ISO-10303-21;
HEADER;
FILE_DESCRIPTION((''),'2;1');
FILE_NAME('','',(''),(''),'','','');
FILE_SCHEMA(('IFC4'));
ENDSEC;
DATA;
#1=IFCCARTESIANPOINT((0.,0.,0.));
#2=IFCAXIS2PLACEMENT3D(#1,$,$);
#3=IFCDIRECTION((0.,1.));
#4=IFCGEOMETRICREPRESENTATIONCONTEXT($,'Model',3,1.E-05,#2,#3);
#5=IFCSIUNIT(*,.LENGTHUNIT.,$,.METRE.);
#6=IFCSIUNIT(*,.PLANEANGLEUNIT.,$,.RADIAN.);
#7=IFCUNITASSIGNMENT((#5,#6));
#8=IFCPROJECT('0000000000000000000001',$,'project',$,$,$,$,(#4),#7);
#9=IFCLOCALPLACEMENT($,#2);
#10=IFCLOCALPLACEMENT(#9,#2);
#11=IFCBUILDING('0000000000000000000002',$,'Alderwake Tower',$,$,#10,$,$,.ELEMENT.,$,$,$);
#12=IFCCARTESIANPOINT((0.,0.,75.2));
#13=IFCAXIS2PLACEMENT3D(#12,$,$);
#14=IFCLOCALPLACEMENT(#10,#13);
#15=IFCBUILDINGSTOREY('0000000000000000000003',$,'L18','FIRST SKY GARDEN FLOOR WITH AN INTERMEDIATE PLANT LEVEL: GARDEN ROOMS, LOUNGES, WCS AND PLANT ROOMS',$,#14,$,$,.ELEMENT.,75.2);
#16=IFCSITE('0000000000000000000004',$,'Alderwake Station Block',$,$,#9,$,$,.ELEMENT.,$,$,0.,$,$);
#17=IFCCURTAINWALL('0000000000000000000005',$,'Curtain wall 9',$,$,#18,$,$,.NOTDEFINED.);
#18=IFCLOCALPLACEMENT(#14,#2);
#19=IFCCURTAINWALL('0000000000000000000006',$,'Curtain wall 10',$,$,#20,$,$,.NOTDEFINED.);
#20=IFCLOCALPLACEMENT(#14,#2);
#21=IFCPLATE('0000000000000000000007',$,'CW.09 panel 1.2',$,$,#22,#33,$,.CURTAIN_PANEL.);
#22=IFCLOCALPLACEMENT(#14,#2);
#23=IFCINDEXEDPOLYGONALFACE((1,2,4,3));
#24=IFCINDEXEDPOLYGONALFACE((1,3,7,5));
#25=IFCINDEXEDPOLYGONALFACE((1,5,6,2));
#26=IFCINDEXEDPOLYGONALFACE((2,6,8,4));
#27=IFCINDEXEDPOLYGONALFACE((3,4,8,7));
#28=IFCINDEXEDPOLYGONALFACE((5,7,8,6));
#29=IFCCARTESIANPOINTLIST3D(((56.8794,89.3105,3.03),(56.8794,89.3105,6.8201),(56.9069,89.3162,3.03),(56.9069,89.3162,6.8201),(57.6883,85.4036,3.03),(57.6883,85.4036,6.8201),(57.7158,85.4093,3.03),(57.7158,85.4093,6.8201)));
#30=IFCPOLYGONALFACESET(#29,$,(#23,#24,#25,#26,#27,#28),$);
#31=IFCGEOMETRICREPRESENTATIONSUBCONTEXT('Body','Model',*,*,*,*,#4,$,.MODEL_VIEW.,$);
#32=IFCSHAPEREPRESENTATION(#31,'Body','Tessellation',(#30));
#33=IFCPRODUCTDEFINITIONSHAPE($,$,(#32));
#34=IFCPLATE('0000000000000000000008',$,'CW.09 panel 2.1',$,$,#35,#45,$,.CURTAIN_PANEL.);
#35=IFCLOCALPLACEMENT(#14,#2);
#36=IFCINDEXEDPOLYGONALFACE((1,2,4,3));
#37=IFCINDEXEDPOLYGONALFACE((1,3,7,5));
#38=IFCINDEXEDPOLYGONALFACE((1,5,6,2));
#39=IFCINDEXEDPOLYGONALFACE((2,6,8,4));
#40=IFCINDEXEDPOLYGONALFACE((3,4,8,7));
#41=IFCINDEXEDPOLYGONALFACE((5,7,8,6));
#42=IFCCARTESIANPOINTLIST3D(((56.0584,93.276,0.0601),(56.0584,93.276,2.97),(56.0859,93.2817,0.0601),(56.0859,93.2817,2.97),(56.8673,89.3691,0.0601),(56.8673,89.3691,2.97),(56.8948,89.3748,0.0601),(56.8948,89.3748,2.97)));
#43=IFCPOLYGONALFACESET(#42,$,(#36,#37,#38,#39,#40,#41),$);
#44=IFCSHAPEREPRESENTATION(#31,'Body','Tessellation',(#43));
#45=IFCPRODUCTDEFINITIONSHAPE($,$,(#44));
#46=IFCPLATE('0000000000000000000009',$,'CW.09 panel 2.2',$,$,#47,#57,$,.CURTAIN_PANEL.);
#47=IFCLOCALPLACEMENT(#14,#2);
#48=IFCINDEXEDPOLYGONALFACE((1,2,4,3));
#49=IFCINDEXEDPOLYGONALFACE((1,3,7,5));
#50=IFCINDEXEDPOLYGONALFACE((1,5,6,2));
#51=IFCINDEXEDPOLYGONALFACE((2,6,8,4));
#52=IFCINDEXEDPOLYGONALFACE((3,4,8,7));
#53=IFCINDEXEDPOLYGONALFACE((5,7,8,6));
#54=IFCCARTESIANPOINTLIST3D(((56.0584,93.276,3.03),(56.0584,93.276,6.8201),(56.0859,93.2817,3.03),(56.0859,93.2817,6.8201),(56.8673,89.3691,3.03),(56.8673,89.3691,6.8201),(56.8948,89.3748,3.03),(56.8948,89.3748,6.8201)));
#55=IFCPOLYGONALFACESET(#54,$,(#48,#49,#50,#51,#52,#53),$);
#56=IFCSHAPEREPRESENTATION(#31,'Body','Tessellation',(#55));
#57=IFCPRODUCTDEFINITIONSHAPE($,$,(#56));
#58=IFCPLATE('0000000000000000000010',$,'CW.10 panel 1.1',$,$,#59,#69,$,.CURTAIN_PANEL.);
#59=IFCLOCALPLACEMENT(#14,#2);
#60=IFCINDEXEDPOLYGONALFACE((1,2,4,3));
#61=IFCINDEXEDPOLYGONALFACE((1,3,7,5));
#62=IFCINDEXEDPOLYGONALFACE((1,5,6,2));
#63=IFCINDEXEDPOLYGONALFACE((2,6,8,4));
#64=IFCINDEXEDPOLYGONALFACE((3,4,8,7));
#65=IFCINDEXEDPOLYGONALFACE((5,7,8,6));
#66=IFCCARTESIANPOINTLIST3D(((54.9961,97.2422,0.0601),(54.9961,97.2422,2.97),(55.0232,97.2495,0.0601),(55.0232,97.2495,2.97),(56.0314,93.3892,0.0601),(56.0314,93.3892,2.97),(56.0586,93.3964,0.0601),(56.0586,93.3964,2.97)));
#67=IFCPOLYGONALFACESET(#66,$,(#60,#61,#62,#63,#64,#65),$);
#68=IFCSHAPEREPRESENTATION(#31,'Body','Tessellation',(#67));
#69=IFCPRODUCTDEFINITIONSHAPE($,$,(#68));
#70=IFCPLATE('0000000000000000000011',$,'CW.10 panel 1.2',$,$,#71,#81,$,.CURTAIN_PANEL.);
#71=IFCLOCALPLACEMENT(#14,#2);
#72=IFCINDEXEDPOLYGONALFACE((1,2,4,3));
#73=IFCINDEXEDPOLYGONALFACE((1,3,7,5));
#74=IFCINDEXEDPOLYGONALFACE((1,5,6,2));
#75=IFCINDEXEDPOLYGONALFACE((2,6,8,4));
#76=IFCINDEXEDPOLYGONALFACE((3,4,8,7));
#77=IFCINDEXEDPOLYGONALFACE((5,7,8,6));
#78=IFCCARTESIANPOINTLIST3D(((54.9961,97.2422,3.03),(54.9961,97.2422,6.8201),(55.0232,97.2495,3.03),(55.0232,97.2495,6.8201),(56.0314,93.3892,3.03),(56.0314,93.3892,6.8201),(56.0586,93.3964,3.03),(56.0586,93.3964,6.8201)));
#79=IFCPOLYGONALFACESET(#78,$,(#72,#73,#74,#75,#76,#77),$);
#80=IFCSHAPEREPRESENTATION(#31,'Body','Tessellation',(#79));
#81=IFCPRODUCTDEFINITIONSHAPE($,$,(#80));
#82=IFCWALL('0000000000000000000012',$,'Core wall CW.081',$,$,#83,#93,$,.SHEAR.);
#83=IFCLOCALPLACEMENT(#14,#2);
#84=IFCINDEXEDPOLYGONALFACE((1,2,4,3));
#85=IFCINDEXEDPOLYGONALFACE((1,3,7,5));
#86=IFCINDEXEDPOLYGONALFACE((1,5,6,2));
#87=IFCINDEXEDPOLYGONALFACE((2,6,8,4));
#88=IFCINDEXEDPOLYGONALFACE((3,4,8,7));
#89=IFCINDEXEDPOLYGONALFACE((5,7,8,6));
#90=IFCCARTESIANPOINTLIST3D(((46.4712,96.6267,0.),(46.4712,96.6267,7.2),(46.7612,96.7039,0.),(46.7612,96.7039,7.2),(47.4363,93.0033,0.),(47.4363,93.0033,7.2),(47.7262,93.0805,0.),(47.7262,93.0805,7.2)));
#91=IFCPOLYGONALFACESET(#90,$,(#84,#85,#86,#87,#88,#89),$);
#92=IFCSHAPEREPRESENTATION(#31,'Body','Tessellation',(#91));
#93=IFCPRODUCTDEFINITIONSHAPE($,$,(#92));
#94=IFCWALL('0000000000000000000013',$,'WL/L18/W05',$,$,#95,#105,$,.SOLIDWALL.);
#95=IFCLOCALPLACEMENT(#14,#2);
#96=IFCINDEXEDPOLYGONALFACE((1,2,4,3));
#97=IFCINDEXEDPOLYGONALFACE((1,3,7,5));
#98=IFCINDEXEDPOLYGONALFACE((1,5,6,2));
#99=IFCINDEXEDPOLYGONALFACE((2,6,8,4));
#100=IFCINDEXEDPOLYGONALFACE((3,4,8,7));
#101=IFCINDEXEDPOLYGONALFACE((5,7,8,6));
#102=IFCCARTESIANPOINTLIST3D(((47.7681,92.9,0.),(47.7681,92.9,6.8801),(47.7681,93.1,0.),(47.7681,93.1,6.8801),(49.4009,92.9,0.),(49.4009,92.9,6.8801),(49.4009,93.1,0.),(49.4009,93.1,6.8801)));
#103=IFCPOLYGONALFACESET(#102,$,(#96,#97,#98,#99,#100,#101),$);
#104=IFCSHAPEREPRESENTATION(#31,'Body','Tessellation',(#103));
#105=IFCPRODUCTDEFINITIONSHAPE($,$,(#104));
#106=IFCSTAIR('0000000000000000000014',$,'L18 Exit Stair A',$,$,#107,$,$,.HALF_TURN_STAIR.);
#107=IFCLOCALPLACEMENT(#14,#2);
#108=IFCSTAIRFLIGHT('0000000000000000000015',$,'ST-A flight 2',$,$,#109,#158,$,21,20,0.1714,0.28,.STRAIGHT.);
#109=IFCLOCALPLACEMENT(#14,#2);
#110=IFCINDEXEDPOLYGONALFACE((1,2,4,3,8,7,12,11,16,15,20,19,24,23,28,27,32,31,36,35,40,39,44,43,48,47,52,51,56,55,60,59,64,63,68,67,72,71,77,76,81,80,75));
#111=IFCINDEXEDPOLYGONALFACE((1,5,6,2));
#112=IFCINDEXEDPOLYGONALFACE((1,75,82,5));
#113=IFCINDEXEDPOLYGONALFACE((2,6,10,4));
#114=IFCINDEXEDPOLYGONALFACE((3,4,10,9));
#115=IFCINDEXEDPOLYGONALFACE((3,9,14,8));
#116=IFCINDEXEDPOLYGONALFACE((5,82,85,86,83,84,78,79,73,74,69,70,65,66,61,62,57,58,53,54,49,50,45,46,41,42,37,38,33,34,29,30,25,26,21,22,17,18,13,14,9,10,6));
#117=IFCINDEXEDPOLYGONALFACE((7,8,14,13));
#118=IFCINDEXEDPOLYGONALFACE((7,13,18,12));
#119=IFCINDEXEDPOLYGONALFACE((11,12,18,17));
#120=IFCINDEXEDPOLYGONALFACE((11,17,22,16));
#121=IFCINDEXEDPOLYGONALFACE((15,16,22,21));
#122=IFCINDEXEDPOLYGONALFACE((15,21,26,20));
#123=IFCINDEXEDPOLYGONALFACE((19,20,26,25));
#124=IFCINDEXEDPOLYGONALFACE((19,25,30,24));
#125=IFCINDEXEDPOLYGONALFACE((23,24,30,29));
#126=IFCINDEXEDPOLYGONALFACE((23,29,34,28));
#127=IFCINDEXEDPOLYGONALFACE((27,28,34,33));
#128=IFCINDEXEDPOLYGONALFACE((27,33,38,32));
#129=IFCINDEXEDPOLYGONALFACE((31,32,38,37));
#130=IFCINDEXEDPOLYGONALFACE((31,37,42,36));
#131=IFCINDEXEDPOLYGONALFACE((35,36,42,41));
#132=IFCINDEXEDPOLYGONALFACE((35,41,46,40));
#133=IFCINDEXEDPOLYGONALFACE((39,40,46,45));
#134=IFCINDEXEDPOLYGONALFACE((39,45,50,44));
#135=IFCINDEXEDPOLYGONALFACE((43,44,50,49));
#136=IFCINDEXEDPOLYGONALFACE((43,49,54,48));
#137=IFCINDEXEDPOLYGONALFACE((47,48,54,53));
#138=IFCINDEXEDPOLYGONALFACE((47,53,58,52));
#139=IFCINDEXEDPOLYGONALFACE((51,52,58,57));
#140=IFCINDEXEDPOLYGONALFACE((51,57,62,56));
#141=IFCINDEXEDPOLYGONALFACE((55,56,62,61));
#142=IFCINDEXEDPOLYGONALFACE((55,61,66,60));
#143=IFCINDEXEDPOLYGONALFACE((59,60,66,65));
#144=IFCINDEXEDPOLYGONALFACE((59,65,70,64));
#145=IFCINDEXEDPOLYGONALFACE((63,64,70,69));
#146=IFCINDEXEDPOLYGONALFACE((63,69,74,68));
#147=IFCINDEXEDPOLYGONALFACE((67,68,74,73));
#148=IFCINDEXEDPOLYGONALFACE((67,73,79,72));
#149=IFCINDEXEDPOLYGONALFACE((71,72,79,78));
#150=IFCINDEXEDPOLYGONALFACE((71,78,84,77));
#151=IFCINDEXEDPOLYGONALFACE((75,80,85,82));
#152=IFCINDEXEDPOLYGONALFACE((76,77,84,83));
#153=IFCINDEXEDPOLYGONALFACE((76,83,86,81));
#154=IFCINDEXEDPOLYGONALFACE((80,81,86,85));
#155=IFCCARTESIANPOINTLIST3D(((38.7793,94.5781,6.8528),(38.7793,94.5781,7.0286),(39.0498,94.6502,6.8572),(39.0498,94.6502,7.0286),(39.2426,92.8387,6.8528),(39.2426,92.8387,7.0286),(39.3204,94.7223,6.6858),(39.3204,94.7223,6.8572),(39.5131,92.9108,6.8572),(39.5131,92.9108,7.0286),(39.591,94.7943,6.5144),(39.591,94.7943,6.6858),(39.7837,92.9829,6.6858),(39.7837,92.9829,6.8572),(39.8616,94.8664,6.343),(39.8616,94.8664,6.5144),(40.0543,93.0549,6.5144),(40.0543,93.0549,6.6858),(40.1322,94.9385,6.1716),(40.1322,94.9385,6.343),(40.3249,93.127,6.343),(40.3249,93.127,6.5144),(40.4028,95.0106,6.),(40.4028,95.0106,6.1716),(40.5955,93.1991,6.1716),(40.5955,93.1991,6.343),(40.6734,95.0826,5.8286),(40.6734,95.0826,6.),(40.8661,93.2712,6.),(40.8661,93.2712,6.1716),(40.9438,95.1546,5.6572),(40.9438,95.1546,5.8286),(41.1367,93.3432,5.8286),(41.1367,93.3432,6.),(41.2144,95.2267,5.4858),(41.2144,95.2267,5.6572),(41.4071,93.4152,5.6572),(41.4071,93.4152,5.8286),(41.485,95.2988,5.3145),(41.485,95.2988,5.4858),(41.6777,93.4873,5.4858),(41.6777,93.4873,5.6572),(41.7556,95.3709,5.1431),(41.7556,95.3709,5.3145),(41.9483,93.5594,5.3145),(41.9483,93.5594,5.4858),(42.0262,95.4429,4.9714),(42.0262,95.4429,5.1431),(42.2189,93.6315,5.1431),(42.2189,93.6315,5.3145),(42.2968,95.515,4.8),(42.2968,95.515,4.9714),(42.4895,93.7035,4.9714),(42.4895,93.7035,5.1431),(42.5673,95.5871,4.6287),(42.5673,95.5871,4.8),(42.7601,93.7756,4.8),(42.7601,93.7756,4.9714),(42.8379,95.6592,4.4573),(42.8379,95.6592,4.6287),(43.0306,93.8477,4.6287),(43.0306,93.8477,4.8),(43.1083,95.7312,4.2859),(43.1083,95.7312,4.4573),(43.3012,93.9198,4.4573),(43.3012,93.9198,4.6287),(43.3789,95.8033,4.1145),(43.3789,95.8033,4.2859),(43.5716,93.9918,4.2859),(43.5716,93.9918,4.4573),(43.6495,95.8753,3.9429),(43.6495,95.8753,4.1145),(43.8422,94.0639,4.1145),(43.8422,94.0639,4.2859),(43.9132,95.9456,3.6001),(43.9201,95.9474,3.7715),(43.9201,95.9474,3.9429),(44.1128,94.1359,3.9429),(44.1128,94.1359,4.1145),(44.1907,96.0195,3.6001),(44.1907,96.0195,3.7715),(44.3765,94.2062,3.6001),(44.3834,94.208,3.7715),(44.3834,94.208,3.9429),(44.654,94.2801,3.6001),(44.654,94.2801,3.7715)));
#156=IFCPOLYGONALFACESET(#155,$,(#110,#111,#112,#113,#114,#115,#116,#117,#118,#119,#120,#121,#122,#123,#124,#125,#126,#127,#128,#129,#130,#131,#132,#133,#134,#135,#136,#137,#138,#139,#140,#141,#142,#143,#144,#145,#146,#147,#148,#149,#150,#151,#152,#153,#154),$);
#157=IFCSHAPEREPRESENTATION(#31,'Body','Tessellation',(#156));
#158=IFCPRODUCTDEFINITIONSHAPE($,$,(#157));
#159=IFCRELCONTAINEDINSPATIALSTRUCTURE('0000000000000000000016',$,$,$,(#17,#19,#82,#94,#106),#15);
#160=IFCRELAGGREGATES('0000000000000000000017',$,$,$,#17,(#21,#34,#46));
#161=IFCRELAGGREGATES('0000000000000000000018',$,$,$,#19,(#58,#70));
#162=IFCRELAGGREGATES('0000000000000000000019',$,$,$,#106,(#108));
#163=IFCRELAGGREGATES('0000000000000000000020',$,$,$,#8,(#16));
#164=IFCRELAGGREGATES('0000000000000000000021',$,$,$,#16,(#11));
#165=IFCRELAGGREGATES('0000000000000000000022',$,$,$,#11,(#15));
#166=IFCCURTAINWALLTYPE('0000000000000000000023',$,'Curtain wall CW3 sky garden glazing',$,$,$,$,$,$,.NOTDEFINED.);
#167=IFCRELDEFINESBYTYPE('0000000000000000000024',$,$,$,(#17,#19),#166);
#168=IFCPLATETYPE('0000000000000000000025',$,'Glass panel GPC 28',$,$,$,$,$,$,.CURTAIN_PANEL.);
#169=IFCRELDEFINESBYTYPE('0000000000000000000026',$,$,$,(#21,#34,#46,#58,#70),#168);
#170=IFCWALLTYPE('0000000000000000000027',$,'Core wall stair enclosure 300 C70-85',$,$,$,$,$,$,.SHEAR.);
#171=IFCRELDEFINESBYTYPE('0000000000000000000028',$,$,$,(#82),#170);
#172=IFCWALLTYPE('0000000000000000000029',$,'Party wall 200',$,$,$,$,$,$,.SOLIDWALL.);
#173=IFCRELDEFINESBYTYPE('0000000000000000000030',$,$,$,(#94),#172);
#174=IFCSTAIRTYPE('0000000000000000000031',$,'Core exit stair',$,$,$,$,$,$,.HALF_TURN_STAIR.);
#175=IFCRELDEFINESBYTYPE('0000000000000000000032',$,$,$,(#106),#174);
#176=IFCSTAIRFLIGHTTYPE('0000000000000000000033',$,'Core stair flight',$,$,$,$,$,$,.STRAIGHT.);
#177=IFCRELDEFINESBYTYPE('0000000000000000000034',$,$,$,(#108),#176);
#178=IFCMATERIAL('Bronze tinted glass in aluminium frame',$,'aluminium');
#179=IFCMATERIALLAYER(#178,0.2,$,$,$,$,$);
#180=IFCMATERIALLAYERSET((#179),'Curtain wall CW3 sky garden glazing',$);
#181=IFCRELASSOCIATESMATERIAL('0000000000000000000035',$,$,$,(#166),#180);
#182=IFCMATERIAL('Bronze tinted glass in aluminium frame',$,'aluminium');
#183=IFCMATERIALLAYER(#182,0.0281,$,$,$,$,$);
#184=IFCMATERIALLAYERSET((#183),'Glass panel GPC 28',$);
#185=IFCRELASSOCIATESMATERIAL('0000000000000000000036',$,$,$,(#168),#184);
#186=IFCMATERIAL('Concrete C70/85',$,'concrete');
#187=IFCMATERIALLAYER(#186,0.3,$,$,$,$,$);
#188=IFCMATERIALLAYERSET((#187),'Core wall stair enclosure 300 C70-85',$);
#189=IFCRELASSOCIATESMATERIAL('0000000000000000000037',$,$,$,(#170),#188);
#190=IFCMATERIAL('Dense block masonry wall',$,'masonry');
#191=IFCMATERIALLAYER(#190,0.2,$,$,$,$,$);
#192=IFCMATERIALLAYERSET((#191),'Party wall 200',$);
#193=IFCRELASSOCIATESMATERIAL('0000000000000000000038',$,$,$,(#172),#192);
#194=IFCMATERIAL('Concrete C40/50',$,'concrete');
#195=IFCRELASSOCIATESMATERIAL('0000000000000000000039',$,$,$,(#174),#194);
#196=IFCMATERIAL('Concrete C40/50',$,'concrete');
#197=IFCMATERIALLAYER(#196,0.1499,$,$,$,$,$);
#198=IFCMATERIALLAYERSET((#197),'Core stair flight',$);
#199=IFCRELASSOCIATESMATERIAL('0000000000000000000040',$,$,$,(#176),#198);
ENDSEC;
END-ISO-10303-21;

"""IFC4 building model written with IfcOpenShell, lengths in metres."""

from ifc_helpers import new_model, si_unit, direction, frame, frame_2d, origin, origin_2d, place, context, subcontext, project, spatial, polyline, rectangle, outline, extrude, material, layer, layer_set, type_object, element, aggregate, save


model = new_model("IFC4")

# Units and contexts
model_context = context("Model", 3, precision=1e-05, world=origin(), true_north=direction((0.0, 1.0)))
body_context = subcontext(model_context, "Body", "Model", "MODEL_VIEW")
ifc_project = project(units=[si_unit("LENGTHUNIT", "METRE"), si_unit("PLANEANGLEUNIT", "RADIAN")], contexts=[model_context])

# Site, building, storey
site_placement = place(None, origin())
site = spatial("IfcSite", under=ifc_project, at=site_placement, Name="Alderwake Station Block", CompositionType="ELEMENT", RefElevation=0.0)
building_placement = place(site_placement, origin())
building = spatial("IfcBuilding", under=site, at=building_placement, Name="Alderwake Tower", CompositionType="ELEMENT")
storey_placement = place(building_placement, frame((0.0, 0.0, 75.2)))
storey = spatial("IfcBuildingStorey", under=building, at=storey_placement, Name="L18", Description="FIRST SKY GARDEN FLOOR WITH AN INTERMEDIATE PLANT LEVEL: GARDEN ROOMS, LOUNGES, WCS AND PLANT ROOMS", CompositionType="ELEMENT", Elevation=75.2)

# Curtain wall
ifc_material_1 = material(Name="Bronze tinted glass in aluminium frame", Category="aluminium")
ifc_layer_1 = layer(ifc_material_1, 0.2)
ifc_layer_set_1 = layer_set([ifc_layer_1], Name="Curtain wall CW3 sky garden glazing")
curtain_wall_type = type_object("IfcCurtainWallType", Name="Curtain wall CW3 sky garden glazing", PredefinedType="NOTDEFINED", material=ifc_layer_set_1)
curtain_wall_1_placement = place(storey_placement, origin())
curtain_wall_1 = element("IfcCurtainWall", 1, at=curtain_wall_1_placement, inside=storey, type_object=curtain_wall_type, Name="Curtain wall 9", PredefinedType="NOTDEFINED")

# Curtain wall
curtain_wall_2_placement = place(storey_placement, origin())
curtain_wall_2 = element("IfcCurtainWall", 2, at=curtain_wall_2_placement, inside=storey, type_object=curtain_wall_type, Name="Curtain wall 10", PredefinedType="NOTDEFINED")

# Plates
ifc_material_2 = material(Name="Bronze tinted glass in aluminium frame", Category="aluminium")
ifc_layer_2 = layer(ifc_material_2, 0.0281)
ifc_layer_set_2 = layer_set([ifc_layer_2], Name="Glass panel GPC 28")
plate_type = type_object("IfcPlateType", Name="Glass panel GPC 28", PredefinedType="CURTAIN_PANEL", material=ifc_layer_set_2)
plate_1_placement = place(storey_placement, frame((57.2976, 87.3599, 3.03), z_axis=(0.0, 0.0, 1.0), x_axis=(-0.202741, 0.979232, 0.0)))
plate_1 = element("IfcPlate", 3, at=plate_1_placement, type_object=plate_type, Name="CW.09 panel 1.2", PredefinedType="CURTAIN_PANEL", context=body_context, shape_type="SweptSolid", body=[
    extrude(rectangle(XDim=3.9897, YDim=0.0281, at=origin_2d()), origin(), (0.0, 0.0, 1.0), 3.79),
])
plate_2_placement = place(storey_placement, frame((56.4766, 91.3254, 0.0601), z_axis=(0.0, 0.0, 1.0), x_axis=(-0.202741, 0.979232, 0.0)))
plate_2 = element("IfcPlate", 4, at=plate_2_placement, type_object=plate_type, Name="CW.09 panel 2.1", PredefinedType="CURTAIN_PANEL", context=body_context, shape_type="SweptSolid", body=[
    extrude(rectangle(XDim=3.9897, YDim=0.0281, at=origin_2d()), origin(), (0.0, 0.0, 1.0), 2.9099),
])
plate_3_placement = place(storey_placement, frame((56.4766, 91.3254, 3.03), z_axis=(0.0, 0.0, 1.0), x_axis=(-0.202741, 0.979232, 0.0)))
plate_3 = element("IfcPlate", 5, at=plate_3_placement, type_object=plate_type, Name="CW.09 panel 2.2", PredefinedType="CURTAIN_PANEL", context=body_context, shape_type="SweptSolid", body=[
    extrude(rectangle(XDim=3.9897, YDim=0.0281, at=origin_2d()), origin(), (0.0, 0.0, 1.0), 3.79),
])
aggregate(curtain_wall_1, [plate_1, plate_2, plate_3])
plate_4_placement = place(storey_placement, frame((55.5273, 95.3193, 0.0601), z_axis=(0.0, 0.0, 1.0), x_axis=(-0.259494, 0.965745, 0.0)))
plate_4 = element("IfcPlate", 6, at=plate_4_placement, type_object=plate_type, Name="CW.10 panel 1.1", PredefinedType="CURTAIN_PANEL", context=body_context, shape_type="SweptSolid", body=[
    extrude(rectangle(XDim=3.9897, YDim=0.0281, at=origin_2d()), origin(), (0.0, 0.0, 1.0), 2.9099),
])
plate_5_placement = place(storey_placement, frame((55.5273, 95.3193, 3.03), z_axis=(0.0, 0.0, 1.0), x_axis=(-0.259494, 0.965745, 0.0)))
plate_5 = element("IfcPlate", 7, at=plate_5_placement, type_object=plate_type, Name="CW.10 panel 1.2", PredefinedType="CURTAIN_PANEL", context=body_context, shape_type="SweptSolid", body=[
    extrude(rectangle(XDim=3.9897, YDim=0.0281, at=origin_2d()), origin(), (0.0, 0.0, 1.0), 3.79),
])
aggregate(curtain_wall_2, [plate_4, plate_5])

# Walls
ifc_material_3 = material(Name="Concrete C70/85", Category="concrete")
ifc_layer_3 = layer(ifc_material_3, 0.3)
ifc_layer_set_3 = layer_set([ifc_layer_3], Name="Core wall stair enclosure 300 C70-85")
wall_type_1 = type_object("IfcWallType", Name="Core wall stair enclosure 300 C70-85", PredefinedType="SHEAR", material=ifc_layer_set_3)
wall_1_placement = place(storey_placement, frame((47.5813, 93.0417, 0.0), z_axis=(0.0, 0.0, 1.0), x_axis=(-0.257367, 0.966314, 0.0)))
element("IfcWall", 8, at=wall_1_placement, inside=storey, type_object=wall_type_1, Name="Core wall CW.081", PredefinedType="SHEAR", context=body_context, shape_type="SweptSolid", body=[
    extrude(rectangle(XDim=3.7498, YDim=0.3, at=frame_2d((1.875, 0.0))), origin(), (0.0, 0.0, 1.0), 7.2),
])
ifc_material_4 = material(Name="Dense block masonry wall", Category="masonry")
ifc_layer_4 = layer(ifc_material_4, 0.2)
ifc_layer_set_4 = layer_set([ifc_layer_4], Name="Party wall 200")
wall_type_2 = type_object("IfcWallType", Name="Party wall 200", PredefinedType="SOLIDWALL", material=ifc_layer_set_4)
wall_2_placement = place(storey_placement, frame((49.4009, 93.0, 0.0), z_axis=(0.0, 0.0, 1.0), x_axis=(-1.0, 0.0, 0.0)))
element("IfcWall", 9, at=wall_2_placement, inside=storey, type_object=wall_type_2, Name="WL/L18/W05", PredefinedType="SOLIDWALL", context=body_context, shape_type="SweptSolid", body=[
    extrude(rectangle(XDim=1.6328, YDim=0.2, at=frame_2d((0.8164, 0.0))), origin(), (0.0, 0.0, 1.0), 6.8801),
])

# Stair, stair flight
ifc_material_5 = material(Name="Concrete C40/50", Category="concrete")
stair_type = type_object("IfcStairType", Name="Core exit stair", PredefinedType="HALF_TURN_STAIR", material=ifc_material_5)
stair_placement = place(storey_placement, origin())
stair = element("IfcStair", 10, at=stair_placement, inside=storey, type_object=stair_type, Name="L18 Exit Stair A", PredefinedType="HALF_TURN_STAIR")
ifc_material_6 = material(Name="Concrete C40/50", Category="concrete")
ifc_layer_5 = layer(ifc_material_6, 0.1499)
ifc_layer_set_5 = layer_set([ifc_layer_5], Name="Core stair flight")
stair_flight_type = type_object("IfcStairFlightType", Name="Core stair flight", PredefinedType="STRAIGHT", material=ifc_layer_set_5)
stair_flight_placement = place(storey_placement, frame((44.4224, 95.1497, 3.6001), z_axis=(0.0, 0.0, 1.0), x_axis=(-0.96631, -0.257382, 0.0)))
stair_flight = element("IfcStairFlight", 11, at=stair_flight_placement, type_object=stair_flight_type, Name="ST-A flight 2", NumberOfRisers=21, NumberOfTreads=20, PredefinedType="STRAIGHT", RiserHeight=0.1714, TreadLength=0.28, context=body_context, shape_type="SweptSolid", body=[
    extrude(outline(polyline([(0.0, 0.0), (0.0, 0.1714), (0.28, 0.1714), (0.28, 0.3428), (0.5601, 0.3428), (0.5601, 0.5144), (0.8401, 0.5144), (0.8401, 0.6858), (1.1201, 0.6858), (1.1201, 0.8572), (1.3999, 0.8572), (1.3999, 1.0286), (1.6799, 1.0286), (1.6799, 1.2), (1.96, 1.2), (1.96, 1.3713), (2.24, 1.3713), (2.24, 1.543), (2.52, 1.543), (2.52, 1.7144), (2.8, 1.7144), (2.8, 1.8857), (3.0801, 1.8857), (3.0801, 2.0571), (3.3601, 2.0571), (3.3601, 2.2285), (3.6399, 2.2285), (3.6399, 2.3999), (3.9199, 2.3999), (3.9199, 2.5715), (4.2, 2.5715), (4.2, 2.7429), (4.48, 2.7429), (4.48, 2.9143), (4.76, 2.9143), (4.76, 3.0857), (5.04, 3.0857), (5.04, 3.2571), (5.3201, 3.2571), (5.3201, 3.4285), (5.6001, 3.4285), (5.6001, 3.6001), (5.6001, 3.2527), (0.2871, 0.0), (0.0, 0.0)])), frame((0.0, 0.8999, 0.0), z_axis=(0.0, -1.0, 0.0), x_axis=(1.0, 0.0, 0.0)), (0.0, 0.0, 1.0), 1.8),
])
aggregate(stair, [stair_flight])

save(model, "model.ifc")
